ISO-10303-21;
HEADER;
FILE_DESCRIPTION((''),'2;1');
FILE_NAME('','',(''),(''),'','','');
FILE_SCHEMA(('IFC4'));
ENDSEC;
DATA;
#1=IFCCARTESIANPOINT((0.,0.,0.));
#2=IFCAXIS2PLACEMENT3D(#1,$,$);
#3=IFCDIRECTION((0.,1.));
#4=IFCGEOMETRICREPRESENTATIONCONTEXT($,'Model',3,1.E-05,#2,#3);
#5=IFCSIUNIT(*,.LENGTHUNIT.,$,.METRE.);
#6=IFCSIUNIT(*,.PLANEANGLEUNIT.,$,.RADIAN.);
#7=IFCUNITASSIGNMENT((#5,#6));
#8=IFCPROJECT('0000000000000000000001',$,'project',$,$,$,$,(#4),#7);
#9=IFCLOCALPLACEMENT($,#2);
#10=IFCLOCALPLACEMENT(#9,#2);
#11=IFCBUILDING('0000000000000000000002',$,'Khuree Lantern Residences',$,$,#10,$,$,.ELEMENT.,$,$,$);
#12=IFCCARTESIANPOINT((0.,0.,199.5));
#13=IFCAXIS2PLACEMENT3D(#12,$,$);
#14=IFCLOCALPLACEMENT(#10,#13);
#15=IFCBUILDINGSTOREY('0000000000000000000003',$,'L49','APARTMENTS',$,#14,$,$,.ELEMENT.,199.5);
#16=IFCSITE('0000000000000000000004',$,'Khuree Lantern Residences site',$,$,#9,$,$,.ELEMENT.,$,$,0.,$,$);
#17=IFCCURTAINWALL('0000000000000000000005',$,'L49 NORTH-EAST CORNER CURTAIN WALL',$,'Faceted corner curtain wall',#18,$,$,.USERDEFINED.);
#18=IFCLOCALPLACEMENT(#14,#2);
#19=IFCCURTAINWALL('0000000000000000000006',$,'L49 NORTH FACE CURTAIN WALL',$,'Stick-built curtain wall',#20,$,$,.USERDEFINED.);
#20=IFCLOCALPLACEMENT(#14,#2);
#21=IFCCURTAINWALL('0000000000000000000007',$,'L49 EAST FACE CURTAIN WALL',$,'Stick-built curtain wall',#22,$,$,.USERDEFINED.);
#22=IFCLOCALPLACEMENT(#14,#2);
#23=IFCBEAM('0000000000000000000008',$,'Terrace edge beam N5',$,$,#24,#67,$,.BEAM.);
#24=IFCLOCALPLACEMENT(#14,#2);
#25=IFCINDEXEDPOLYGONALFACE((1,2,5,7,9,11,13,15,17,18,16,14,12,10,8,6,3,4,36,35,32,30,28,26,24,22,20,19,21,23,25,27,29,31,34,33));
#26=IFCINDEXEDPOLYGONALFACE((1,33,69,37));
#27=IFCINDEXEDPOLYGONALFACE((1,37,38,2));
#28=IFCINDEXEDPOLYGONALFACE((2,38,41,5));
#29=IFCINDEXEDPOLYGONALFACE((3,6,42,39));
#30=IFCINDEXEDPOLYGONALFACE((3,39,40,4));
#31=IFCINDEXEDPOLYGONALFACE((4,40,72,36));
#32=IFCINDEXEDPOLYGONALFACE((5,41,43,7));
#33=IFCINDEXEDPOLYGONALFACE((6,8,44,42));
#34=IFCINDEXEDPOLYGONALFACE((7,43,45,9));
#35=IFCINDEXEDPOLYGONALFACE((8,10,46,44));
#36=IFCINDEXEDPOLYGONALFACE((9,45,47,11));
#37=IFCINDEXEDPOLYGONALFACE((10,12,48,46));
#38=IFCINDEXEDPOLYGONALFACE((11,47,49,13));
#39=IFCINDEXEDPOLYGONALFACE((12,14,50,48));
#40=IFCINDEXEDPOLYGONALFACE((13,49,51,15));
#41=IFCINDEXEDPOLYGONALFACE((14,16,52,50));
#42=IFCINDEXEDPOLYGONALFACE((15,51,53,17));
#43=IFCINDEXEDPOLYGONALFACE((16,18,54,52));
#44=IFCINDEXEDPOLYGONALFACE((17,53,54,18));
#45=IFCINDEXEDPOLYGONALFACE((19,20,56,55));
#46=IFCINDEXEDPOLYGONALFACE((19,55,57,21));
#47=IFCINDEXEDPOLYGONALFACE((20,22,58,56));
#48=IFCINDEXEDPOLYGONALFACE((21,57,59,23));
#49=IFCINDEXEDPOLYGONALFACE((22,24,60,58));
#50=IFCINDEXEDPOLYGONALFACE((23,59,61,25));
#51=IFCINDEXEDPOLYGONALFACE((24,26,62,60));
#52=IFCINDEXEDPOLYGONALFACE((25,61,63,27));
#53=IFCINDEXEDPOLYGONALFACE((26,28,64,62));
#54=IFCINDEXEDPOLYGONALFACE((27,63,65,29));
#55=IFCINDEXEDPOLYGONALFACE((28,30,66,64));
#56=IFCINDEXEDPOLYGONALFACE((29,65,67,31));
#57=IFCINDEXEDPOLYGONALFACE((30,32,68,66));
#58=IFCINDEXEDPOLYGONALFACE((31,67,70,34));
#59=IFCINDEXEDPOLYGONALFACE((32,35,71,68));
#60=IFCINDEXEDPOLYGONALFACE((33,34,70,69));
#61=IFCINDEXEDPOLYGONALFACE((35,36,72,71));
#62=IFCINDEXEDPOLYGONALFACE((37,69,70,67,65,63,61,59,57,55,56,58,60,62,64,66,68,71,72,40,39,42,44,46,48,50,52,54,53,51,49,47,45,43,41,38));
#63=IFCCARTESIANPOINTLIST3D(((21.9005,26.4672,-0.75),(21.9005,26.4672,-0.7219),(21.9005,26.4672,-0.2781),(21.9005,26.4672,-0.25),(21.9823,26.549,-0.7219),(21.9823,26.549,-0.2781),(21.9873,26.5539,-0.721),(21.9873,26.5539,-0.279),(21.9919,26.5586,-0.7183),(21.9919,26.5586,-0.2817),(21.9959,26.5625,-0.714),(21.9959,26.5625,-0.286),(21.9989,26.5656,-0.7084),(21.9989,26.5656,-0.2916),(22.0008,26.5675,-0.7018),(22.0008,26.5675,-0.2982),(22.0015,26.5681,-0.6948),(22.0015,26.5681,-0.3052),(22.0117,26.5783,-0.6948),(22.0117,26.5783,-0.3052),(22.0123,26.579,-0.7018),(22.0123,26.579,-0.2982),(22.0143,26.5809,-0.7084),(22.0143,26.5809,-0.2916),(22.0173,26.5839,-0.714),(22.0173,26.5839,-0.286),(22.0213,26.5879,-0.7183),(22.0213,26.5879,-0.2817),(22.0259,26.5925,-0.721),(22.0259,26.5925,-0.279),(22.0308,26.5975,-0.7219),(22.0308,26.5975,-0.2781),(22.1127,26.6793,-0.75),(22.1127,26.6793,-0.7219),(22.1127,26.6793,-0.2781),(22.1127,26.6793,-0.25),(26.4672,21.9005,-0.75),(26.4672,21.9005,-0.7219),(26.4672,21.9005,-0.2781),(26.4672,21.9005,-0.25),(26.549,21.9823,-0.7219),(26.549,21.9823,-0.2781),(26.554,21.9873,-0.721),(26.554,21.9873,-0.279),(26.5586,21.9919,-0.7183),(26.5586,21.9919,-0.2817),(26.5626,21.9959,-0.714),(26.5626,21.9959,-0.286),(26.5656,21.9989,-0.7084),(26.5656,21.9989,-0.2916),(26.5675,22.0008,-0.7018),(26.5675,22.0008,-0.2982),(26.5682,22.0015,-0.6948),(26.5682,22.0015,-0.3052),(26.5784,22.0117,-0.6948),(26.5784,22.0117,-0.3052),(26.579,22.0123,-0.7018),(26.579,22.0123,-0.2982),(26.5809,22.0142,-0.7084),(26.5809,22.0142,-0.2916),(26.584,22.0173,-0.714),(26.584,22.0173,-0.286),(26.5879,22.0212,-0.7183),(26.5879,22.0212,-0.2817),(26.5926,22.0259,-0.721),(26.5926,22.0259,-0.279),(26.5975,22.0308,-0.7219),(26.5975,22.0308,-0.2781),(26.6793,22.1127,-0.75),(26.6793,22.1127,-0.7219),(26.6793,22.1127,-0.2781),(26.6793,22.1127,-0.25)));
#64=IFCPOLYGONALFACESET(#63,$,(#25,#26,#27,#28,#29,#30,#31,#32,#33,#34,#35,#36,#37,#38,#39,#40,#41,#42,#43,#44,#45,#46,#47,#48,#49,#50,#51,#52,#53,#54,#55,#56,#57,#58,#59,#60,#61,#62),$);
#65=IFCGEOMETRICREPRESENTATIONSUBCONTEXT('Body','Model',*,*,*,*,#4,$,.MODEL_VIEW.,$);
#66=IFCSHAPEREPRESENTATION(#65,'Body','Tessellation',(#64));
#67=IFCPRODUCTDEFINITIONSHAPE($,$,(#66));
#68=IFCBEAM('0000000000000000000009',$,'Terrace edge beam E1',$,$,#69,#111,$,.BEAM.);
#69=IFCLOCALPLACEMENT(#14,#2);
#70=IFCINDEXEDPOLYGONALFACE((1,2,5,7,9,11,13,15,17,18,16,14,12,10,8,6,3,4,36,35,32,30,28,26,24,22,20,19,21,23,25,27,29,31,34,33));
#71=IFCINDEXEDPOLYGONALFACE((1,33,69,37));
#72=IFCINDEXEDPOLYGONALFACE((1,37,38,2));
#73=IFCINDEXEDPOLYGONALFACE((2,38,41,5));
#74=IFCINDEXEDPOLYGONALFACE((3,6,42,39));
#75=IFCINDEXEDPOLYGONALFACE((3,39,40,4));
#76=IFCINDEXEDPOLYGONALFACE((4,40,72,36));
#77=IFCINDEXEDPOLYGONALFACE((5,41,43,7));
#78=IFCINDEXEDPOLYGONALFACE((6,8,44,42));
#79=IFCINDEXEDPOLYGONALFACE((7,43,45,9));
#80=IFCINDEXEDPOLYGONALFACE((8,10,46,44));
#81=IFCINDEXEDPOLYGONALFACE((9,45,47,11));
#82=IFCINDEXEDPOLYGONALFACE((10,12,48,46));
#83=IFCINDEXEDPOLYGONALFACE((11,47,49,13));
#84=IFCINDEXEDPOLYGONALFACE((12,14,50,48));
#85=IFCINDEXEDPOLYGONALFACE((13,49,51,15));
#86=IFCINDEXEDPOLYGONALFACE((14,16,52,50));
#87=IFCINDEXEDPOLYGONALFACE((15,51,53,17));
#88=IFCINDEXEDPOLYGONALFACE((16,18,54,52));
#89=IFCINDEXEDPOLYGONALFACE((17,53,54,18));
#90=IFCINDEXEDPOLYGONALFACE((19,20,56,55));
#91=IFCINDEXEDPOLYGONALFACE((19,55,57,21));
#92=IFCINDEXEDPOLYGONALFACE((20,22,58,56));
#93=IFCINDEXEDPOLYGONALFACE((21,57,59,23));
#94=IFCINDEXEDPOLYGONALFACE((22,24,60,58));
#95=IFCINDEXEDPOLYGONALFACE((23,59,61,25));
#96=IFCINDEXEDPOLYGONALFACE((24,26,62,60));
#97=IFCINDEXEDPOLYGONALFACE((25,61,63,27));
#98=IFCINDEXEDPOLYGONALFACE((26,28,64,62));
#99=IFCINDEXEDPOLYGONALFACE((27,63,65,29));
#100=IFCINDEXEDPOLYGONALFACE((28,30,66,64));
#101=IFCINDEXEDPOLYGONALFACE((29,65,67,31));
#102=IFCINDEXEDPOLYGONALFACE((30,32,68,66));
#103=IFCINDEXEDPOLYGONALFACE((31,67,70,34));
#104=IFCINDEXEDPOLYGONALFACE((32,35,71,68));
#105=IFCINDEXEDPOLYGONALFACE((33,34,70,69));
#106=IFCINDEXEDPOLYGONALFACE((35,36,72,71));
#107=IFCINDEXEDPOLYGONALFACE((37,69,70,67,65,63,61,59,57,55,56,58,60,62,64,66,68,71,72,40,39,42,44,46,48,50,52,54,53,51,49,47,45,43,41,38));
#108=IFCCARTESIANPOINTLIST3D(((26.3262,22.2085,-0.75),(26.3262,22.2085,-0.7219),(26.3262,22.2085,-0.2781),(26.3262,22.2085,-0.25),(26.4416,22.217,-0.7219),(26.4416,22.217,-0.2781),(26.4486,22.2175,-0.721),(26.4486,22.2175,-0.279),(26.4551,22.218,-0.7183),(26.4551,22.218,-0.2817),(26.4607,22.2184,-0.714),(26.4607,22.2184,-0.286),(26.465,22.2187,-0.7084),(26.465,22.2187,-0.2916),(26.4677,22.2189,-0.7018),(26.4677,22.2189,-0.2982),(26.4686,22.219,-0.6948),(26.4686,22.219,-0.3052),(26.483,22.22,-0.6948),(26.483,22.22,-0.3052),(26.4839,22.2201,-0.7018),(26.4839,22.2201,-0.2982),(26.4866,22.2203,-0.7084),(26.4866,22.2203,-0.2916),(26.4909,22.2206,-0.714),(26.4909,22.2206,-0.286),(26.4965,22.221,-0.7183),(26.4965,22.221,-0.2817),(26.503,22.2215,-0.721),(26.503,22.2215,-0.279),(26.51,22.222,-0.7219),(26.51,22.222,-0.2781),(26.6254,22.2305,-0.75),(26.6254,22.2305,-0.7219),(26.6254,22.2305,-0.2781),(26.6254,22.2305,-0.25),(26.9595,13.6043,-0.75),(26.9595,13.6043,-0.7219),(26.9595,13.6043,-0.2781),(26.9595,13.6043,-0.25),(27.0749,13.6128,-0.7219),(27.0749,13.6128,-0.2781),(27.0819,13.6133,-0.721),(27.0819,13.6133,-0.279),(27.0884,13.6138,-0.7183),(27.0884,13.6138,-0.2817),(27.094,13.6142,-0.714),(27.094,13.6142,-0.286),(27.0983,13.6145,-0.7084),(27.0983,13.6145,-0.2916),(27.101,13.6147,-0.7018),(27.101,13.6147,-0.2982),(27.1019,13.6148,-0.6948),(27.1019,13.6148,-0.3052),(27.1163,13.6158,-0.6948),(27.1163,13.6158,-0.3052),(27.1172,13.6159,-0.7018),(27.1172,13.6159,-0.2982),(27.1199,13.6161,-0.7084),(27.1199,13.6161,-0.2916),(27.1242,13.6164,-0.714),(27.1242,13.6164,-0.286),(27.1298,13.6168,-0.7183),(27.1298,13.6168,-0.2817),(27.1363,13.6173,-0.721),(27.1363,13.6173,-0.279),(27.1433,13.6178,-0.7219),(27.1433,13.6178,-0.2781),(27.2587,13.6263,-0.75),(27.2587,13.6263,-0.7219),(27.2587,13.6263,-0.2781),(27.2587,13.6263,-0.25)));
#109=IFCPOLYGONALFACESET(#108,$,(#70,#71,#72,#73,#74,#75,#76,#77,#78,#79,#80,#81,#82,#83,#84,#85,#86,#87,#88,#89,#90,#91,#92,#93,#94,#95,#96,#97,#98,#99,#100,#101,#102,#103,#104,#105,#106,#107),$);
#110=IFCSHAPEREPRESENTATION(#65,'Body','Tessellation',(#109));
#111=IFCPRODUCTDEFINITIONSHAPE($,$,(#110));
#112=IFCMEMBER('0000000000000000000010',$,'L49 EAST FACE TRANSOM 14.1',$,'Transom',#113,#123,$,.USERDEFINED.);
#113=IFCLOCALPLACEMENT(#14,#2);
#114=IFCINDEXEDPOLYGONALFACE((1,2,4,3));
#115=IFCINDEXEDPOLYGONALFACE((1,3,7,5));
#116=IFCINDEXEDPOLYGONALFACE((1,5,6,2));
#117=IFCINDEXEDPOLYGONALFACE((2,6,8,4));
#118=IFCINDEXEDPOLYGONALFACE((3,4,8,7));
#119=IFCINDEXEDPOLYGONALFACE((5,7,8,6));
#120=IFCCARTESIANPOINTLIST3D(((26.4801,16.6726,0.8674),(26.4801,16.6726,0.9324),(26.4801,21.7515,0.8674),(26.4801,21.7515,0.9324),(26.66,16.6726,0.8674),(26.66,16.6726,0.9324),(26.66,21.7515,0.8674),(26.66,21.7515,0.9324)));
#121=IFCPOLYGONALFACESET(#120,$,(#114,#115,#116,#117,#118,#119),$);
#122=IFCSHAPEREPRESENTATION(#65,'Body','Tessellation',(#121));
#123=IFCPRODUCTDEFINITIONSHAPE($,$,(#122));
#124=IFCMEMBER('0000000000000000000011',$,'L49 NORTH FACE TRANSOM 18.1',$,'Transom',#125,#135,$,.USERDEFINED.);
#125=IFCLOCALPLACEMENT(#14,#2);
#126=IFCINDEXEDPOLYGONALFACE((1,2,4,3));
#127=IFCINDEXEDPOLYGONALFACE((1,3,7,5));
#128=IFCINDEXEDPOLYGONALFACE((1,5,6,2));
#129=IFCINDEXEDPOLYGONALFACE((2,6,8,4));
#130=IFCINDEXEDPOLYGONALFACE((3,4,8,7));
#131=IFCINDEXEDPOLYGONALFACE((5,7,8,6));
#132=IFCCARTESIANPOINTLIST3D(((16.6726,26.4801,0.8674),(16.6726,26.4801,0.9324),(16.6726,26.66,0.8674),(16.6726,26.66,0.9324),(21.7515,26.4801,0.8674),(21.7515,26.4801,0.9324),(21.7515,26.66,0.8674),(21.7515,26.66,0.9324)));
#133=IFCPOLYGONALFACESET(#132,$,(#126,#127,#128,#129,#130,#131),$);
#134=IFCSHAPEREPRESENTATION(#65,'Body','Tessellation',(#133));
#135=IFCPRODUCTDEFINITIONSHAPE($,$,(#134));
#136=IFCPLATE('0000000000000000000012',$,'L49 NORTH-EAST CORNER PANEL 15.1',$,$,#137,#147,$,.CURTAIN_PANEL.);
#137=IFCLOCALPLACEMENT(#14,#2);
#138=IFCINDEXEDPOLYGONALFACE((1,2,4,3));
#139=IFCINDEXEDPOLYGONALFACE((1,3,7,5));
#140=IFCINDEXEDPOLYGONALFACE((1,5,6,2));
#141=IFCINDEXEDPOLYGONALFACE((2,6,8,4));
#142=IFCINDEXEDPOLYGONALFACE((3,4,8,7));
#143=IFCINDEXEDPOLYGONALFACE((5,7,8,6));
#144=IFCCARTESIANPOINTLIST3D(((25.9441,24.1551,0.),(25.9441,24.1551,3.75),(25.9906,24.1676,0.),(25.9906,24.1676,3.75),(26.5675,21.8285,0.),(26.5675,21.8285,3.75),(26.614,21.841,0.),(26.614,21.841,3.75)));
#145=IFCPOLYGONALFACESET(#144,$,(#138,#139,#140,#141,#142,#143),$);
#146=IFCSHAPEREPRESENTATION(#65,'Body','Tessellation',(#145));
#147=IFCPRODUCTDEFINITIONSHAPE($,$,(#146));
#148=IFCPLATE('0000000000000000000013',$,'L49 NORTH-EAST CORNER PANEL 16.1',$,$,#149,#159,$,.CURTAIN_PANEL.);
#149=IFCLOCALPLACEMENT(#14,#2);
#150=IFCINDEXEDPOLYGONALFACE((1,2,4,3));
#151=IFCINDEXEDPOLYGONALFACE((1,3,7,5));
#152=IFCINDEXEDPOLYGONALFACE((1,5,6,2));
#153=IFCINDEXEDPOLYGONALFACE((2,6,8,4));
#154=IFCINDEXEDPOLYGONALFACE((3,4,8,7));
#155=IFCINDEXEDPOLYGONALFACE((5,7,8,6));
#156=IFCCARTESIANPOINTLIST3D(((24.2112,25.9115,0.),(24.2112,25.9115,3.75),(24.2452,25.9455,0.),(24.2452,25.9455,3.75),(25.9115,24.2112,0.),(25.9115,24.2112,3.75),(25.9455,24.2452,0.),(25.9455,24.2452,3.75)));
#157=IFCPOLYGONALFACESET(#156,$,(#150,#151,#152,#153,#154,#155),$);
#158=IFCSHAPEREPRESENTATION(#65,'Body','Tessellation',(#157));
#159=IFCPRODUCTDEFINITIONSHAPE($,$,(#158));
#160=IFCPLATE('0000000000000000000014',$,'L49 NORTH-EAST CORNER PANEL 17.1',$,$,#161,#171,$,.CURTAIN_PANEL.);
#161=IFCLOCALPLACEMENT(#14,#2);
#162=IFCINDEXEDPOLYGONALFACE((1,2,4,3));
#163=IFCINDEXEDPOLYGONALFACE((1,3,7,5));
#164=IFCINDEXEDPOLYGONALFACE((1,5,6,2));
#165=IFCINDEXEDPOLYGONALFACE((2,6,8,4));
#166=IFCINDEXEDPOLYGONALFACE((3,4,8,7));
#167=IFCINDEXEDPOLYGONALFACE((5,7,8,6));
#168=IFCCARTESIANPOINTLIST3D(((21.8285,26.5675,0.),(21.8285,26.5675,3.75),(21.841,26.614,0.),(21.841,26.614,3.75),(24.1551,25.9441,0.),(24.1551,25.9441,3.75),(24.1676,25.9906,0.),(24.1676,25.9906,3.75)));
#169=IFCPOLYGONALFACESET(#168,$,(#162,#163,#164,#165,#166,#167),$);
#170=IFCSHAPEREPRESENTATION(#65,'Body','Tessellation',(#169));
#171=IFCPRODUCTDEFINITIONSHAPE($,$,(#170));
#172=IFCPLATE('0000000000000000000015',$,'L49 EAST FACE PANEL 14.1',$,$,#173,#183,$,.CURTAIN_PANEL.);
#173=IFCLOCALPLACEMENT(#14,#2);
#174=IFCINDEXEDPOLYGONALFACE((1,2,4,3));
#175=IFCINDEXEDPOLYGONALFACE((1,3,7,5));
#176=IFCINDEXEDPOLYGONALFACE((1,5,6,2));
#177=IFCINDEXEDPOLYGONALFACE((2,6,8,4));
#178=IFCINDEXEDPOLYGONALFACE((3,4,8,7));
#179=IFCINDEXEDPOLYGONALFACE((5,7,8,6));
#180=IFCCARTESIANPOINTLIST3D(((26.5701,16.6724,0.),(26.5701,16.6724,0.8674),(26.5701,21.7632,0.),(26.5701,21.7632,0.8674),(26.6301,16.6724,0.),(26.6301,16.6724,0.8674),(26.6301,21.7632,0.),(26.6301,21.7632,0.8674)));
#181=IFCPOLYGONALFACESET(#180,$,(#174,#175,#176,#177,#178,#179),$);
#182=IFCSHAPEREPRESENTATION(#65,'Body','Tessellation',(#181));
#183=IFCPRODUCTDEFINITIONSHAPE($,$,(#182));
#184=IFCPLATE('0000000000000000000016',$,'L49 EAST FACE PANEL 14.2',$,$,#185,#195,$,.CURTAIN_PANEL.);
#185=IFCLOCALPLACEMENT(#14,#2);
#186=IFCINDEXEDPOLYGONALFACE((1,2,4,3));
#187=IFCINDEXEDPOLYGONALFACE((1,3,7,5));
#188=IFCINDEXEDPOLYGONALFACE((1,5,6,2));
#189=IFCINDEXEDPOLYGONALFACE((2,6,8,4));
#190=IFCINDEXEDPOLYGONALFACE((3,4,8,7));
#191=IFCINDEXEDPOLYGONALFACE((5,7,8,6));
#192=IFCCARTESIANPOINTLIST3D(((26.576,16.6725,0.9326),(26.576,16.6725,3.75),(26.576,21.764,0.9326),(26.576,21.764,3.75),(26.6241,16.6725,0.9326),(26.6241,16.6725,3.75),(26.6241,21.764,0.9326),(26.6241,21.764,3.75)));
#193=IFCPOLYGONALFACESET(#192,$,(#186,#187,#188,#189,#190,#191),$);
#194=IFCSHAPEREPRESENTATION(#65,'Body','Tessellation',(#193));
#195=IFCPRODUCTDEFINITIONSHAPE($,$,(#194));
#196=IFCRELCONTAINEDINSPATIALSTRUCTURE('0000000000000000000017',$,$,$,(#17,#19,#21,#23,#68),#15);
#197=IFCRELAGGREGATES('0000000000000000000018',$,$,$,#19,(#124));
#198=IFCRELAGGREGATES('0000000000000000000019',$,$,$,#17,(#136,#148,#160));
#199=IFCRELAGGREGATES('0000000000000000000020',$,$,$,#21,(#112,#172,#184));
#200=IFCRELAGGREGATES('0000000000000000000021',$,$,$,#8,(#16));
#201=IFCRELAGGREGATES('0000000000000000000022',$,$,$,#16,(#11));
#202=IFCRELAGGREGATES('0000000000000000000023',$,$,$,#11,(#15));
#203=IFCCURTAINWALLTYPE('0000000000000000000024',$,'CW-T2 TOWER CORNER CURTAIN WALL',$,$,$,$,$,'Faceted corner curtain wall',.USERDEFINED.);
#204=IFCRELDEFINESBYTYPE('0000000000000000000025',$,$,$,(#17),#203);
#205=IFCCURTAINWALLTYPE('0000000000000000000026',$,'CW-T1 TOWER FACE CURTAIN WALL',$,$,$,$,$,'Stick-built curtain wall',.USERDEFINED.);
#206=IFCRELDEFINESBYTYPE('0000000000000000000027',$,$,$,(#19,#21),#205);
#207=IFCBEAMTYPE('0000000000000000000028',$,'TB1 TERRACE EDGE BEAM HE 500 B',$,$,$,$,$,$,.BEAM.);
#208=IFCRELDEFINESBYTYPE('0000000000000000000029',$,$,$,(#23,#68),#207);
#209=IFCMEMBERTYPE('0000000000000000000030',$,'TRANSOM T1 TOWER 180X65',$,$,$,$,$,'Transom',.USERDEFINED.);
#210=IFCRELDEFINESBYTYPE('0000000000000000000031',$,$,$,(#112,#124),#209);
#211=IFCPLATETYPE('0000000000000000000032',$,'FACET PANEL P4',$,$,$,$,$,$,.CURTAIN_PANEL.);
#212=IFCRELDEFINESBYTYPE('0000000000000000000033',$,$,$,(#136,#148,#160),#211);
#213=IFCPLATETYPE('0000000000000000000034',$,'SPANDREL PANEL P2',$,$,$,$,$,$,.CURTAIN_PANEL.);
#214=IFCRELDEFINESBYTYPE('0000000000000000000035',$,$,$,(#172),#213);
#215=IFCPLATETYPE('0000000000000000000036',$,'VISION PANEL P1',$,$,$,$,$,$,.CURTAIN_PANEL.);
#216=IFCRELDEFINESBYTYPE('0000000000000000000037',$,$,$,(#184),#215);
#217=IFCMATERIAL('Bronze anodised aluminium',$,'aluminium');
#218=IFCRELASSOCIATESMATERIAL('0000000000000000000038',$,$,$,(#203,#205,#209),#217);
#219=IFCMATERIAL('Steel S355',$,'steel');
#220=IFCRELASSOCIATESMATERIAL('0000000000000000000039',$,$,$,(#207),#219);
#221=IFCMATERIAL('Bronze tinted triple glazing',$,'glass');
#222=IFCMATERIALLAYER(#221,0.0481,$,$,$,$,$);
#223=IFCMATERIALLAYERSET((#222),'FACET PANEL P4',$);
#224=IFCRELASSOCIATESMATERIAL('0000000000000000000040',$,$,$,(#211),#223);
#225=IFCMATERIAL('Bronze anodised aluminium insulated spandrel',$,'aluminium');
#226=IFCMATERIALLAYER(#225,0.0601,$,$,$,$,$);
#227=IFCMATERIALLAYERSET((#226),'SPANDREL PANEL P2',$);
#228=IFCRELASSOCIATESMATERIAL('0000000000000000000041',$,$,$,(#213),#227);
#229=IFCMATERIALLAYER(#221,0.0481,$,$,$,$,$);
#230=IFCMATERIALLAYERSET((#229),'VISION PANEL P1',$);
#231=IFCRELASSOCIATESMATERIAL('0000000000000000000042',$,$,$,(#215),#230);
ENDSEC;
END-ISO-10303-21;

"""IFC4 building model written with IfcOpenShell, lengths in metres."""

from ifc_helpers import new_model, si_unit, direction, frame, origin, origin_2d, place, context, subcontext, project, spatial, rectangle, i_section, extrude, material, layer, layer_set, material_profile, profile_set, type_object, element, aggregate, save


model = new_model("IFC4")

# Units and contexts
model_context = context("Model", 3, precision=1e-05, world=origin(), true_north=direction((0.0, 1.0)))
body_context = subcontext(model_context, "Body", "Model", "MODEL_VIEW")
ifc_project = project(units=[si_unit("LENGTHUNIT", "METRE"), si_unit("PLANEANGLEUNIT", "RADIAN")], contexts=[model_context])

# Site, building, storey
site_placement = place(None, origin())
site = spatial("IfcSite", under=ifc_project, at=site_placement, Name="Khuree Lantern Residences site", CompositionType="ELEMENT", RefElevation=0.0)
building_placement = place(site_placement, origin())
building = spatial("IfcBuilding", under=site, at=building_placement, Name="Khuree Lantern Residences", CompositionType="ELEMENT")
storey_placement = place(building_placement, frame((0.0, 0.0, 199.5)))
storey = spatial("IfcBuildingStorey", under=building, at=storey_placement, Name="L49", Description="APARTMENTS", CompositionType="ELEMENT", Elevation=199.5)

# Shared definitions
ifc_material_1 = material(Name="Steel S355", Category="steel")

# Curtain walls
ifc_material_2 = material(Name="Bronze anodised aluminium", Category="aluminium")
curtain_wall_type_1 = type_object("IfcCurtainWallType", Name="CW-T2 TOWER CORNER CURTAIN WALL", ElementType="Faceted corner curtain wall", PredefinedType="USERDEFINED", material=ifc_material_2)
curtain_wall_1_placement = place(storey_placement, origin())
curtain_wall_1 = element("IfcCurtainWall", 1, at=curtain_wall_1_placement, inside=storey, type_object=curtain_wall_type_1, Name="L49 NORTH-EAST CORNER CURTAIN WALL", ObjectType="Faceted corner curtain wall", PredefinedType="USERDEFINED")
curtain_wall_type_2 = type_object("IfcCurtainWallType", Name="CW-T1 TOWER FACE CURTAIN WALL", ElementType="Stick-built curtain wall", PredefinedType="USERDEFINED", material=ifc_material_2)
curtain_wall_2_placement = place(storey_placement, origin())
curtain_wall_2 = element("IfcCurtainWall", 2, at=curtain_wall_2_placement, inside=storey, type_object=curtain_wall_type_2, Name="L49 NORTH FACE CURTAIN WALL", ObjectType="Stick-built curtain wall", PredefinedType="USERDEFINED")

# Curtain wall
curtain_wall_3_placement = place(storey_placement, origin())
curtain_wall_3 = element("IfcCurtainWall", 3, at=curtain_wall_3_placement, inside=storey, type_object=curtain_wall_type_2, Name="L49 EAST FACE CURTAIN WALL", ObjectType="Stick-built curtain wall", PredefinedType="USERDEFINED")

# Beams
ifc_material_profile_1 = material_profile(ifc_material_1, i_section(OverallWidth=0.3, OverallDepth=0.5, WebThickness=0.0144, FlangeThickness=0.0281, FilletRadius=0.0271, at=origin_2d()), Name="HE 500 B")
ifc_profile_set_1 = profile_set([ifc_material_profile_1], Name="Steel S355")
beam_type_1 = type_object("IfcBeamType", Name="TB1 TERRACE EDGE BEAM HE 500 B", PredefinedType="BEAM", material=ifc_profile_set_1)
beam_1_placement = place(storey_placement, frame((22.0066, 26.5732, -0.5), z_axis=(0.707107, -0.707107, 0.0), x_axis=(0.707107, 0.707107, 0.0)))
element("IfcBeam", 4, at=beam_1_placement, inside=storey, type_object=beam_type_1, Name="Terrace edge beam N5", PredefinedType="BEAM", context=body_context, shape_type="SweptSolid", body=[
    extrude(i_section(OverallWidth=0.3, OverallDepth=0.5, WebThickness=0.0144, FlangeThickness=0.0281, FilletRadius=0.0271, at=origin_2d()), origin(), (0.0, 0.0, 1.0), 6.4583),
])
beam_2_placement = place(storey_placement, frame((26.4758, 22.2195, -0.5), z_axis=(0.073405, -0.997302, 0.0), x_axis=(0.997302, 0.073405, 0.0)))
element("IfcBeam", 5, at=beam_2_placement, inside=storey, type_object=beam_type_1, Name="Terrace edge beam E1", PredefinedType="BEAM", context=body_context, shape_type="SweptSolid", body=[
    extrude(i_section(OverallWidth=0.3, OverallDepth=0.5, WebThickness=0.0144, FlangeThickness=0.0281, FilletRadius=0.0271, at=origin_2d()), origin(), (0.0, 0.0, 1.0), 8.6274),
])

# Members
ifc_material_profile_2 = material_profile(ifc_material_2, rectangle(XDim=0.1799, YDim=0.0649, at=origin_2d()), Name="T1 180X65")
ifc_profile_set_2 = profile_set([ifc_material_profile_2], Name="Bronze anodised aluminium")
member_type_1 = type_object("IfcMemberType", Name="TRANSOM T1 TOWER 180X65", ElementType="Transom", PredefinedType="USERDEFINED", material=ifc_profile_set_2)
member_1_placement = place(storey_placement, frame((26.5701, 16.6726, 0.8999), z_axis=(0.0, 1.0, 0.0), x_axis=(-1.0, 0.0, 0.0)))
member_1 = element("IfcMember", 6, at=member_1_placement, type_object=member_type_1, Name="L49 EAST FACE TRANSOM 14.1", ObjectType="Transom", PredefinedType="USERDEFINED", context=body_context, shape_type="SweptSolid", body=[
    extrude(rectangle(XDim=0.1799, YDim=0.0649, at=origin_2d()), origin(), (0.0, 0.0, 1.0), 5.0789),
])
member_2_placement = place(storey_placement, frame((21.7515, 26.5701, 0.8999), z_axis=(-1.0, 0.0, 0.0), x_axis=(0.0, -1.0, 0.0)))
member_2 = element("IfcMember", 7, at=member_2_placement, type_object=member_type_1, Name="L49 NORTH FACE TRANSOM 18.1", ObjectType="Transom", PredefinedType="USERDEFINED", context=body_context, shape_type="SweptSolid", body=[
    extrude(rectangle(XDim=0.1799, YDim=0.0649, at=origin_2d()), origin(), (0.0, 0.0, 1.0), 5.0789),
])
aggregate(curtain_wall_2, [member_2])

# Plates
ifc_material_3 = material(Name="Bronze tinted triple glazing", Category="glass")
ifc_layer_1 = layer(ifc_material_3, 0.0481)
ifc_layer_set_1 = layer_set([ifc_layer_1], Name="FACET PANEL P4")
plate_type_1 = type_object("IfcPlateType", Name="FACET PANEL P4", PredefinedType="CURTAIN_PANEL", material=ifc_layer_set_1)
plate_1_placement = place(storey_placement, frame((26.2791, 22.998, 0.0), z_axis=(0.0, 0.0, 1.0), x_axis=(-0.258819, 0.965926, 0.0)))
plate_1 = element("IfcPlate", 8, at=plate_1_placement, type_object=plate_type_1, Name="L49 NORTH-EAST CORNER PANEL 15.1", PredefinedType="CURTAIN_PANEL", context=body_context, shape_type="SweptSolid", body=[
    extrude(rectangle(XDim=2.4087, YDim=0.0481, at=origin_2d()), origin(), (0.0, 0.0, 1.0), 3.75),
])
plate_2_placement = place(storey_placement, frame((25.0784, 25.0784, 0.0), z_axis=(0.0, 0.0, 1.0), x_axis=(-0.707107, 0.707107, 0.0)))
plate_2 = element("IfcPlate", 9, at=plate_2_placement, type_object=plate_type_1, Name="L49 NORTH-EAST CORNER PANEL 16.1", PredefinedType="CURTAIN_PANEL", context=body_context, shape_type="SweptSolid", body=[
    extrude(rectangle(XDim=2.4045, YDim=0.0481, at=origin_2d()), origin(), (0.0, 0.0, 1.0), 3.75),
])
plate_3_placement = place(storey_placement, frame((22.998, 26.2791, 0.0), z_axis=(0.0, 0.0, 1.0), x_axis=(-0.965926, 0.258819, 0.0)))
plate_3 = element("IfcPlate", 10, at=plate_3_placement, type_object=plate_type_1, Name="L49 NORTH-EAST CORNER PANEL 17.1", PredefinedType="CURTAIN_PANEL", context=body_context, shape_type="SweptSolid", body=[
    extrude(rectangle(XDim=2.4087, YDim=0.0481, at=origin_2d()), origin(), (0.0, 0.0, 1.0), 3.75),
])
aggregate(curtain_wall_1, [plate_1, plate_2, plate_3])
ifc_material_4 = material(Name="Bronze anodised aluminium insulated spandrel", Category="aluminium")
ifc_layer_2 = layer(ifc_material_4, 0.0601)
ifc_layer_set_2 = layer_set([ifc_layer_2], Name="SPANDREL PANEL P2")
plate_type_2 = type_object("IfcPlateType", Name="SPANDREL PANEL P2", PredefinedType="CURTAIN_PANEL", material=ifc_layer_set_2)
plate_4_placement = place(storey_placement, frame((26.6001, 19.2178, 0.0), z_axis=(0.0, 0.0, 1.0), x_axis=(0.0, 1.0, 0.0)))
plate_4 = element("IfcPlate", 11, at=plate_4_placement, type_object=plate_type_2, Name="L49 EAST FACE PANEL 14.1", PredefinedType="CURTAIN_PANEL", context=body_context, shape_type="SweptSolid", body=[
    extrude(rectangle(XDim=5.0908, YDim=0.0601, at=origin_2d()), origin(), (0.0, 0.0, 1.0), 0.8674),
])
ifc_layer_3 = layer(ifc_material_3, 0.0481)
ifc_layer_set_3 = layer_set([ifc_layer_3], Name="VISION PANEL P1")
plate_type_3 = type_object("IfcPlateType", Name="VISION PANEL P1", PredefinedType="CURTAIN_PANEL", material=ifc_layer_set_3)
plate_5_placement = place(storey_placement, frame((26.6001, 19.2183, 0.9326), z_axis=(0.0, 0.0, 1.0), x_axis=(0.0, 1.0, 0.0)))
plate_5 = element("IfcPlate", 12, at=plate_5_placement, type_object=plate_type_3, Name="L49 EAST FACE PANEL 14.2", PredefinedType="CURTAIN_PANEL", context=body_context, shape_type="SweptSolid", body=[
    extrude(rectangle(XDim=5.0916, YDim=0.0481, at=origin_2d()), origin(), (0.0, 0.0, 1.0), 2.8174),
])
aggregate(curtain_wall_3, [member_1, plate_4, plate_5])

save(model, "model.ifc")
